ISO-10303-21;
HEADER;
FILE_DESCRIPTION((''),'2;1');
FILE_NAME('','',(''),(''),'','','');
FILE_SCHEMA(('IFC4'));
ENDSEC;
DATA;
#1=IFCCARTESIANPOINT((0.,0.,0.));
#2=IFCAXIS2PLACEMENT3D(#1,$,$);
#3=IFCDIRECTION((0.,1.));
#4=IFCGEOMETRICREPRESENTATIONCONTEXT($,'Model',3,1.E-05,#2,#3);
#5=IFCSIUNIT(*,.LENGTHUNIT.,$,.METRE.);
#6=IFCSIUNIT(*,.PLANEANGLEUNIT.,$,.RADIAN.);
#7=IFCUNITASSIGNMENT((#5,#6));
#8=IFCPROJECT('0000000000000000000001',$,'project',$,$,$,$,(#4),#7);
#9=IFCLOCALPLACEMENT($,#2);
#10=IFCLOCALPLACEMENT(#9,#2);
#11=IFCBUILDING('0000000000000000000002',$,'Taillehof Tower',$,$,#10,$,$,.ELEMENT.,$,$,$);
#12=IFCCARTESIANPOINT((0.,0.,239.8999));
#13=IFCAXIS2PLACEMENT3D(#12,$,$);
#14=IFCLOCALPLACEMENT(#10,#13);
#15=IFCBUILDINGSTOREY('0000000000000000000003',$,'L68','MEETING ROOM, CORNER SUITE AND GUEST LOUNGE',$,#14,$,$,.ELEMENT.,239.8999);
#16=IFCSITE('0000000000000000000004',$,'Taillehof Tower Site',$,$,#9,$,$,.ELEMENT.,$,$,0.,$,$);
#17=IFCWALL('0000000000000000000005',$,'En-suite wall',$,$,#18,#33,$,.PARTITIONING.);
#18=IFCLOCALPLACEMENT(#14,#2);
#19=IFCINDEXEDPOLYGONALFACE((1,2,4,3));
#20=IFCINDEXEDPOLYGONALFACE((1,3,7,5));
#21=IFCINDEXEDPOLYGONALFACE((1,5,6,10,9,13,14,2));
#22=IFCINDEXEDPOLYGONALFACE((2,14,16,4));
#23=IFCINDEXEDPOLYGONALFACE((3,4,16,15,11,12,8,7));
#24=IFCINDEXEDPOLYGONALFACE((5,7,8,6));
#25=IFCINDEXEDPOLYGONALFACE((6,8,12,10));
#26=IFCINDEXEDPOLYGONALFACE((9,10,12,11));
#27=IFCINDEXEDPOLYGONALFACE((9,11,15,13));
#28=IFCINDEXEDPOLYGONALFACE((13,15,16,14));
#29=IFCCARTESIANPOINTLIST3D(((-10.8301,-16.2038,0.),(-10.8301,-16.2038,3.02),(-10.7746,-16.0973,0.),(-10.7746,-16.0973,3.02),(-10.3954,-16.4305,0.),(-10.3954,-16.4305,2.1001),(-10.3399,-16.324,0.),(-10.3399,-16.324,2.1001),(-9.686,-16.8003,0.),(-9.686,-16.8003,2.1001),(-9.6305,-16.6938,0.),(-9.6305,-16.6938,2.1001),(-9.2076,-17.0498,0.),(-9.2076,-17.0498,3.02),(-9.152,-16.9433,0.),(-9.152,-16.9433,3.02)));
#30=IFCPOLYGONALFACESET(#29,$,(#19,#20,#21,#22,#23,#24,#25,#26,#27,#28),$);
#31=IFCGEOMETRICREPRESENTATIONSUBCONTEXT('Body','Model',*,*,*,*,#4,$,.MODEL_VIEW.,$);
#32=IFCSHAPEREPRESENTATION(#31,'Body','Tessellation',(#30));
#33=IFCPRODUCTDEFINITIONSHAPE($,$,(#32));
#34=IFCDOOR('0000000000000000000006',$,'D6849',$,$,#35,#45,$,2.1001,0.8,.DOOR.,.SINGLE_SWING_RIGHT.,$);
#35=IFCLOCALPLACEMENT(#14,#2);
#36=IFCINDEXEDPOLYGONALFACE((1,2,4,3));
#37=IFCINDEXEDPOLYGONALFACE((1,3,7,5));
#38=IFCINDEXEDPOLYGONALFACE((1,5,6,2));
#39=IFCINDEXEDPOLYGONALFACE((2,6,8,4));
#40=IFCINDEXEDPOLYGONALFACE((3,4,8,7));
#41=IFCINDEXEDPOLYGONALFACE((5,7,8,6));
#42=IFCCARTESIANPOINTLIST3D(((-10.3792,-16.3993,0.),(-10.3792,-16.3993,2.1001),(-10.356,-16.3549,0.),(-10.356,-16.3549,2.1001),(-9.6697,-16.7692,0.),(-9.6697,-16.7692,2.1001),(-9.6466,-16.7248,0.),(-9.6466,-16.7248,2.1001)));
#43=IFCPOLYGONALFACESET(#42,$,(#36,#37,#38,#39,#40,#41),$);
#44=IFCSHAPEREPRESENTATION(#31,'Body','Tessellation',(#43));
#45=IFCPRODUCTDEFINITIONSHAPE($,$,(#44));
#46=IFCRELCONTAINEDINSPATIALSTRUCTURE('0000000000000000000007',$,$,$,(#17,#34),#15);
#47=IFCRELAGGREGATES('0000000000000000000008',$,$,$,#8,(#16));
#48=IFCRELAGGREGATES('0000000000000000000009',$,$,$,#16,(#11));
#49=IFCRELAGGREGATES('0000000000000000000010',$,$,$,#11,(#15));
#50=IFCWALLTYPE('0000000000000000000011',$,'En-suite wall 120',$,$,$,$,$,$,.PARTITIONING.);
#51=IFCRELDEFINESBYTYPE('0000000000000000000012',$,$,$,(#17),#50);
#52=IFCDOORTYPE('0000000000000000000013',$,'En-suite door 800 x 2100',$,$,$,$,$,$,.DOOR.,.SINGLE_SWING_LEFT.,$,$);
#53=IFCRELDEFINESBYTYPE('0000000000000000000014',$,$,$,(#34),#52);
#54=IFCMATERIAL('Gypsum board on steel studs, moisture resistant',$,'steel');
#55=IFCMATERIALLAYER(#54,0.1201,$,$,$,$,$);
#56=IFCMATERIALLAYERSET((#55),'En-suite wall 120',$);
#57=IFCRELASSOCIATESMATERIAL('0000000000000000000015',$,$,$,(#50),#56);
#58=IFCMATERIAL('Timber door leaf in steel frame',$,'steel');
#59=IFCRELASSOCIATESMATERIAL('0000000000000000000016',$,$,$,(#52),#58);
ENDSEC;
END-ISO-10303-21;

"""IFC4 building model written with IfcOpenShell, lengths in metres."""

from ifc_helpers import new_model, si_unit, direction, frame, frame_2d, origin, place, context, subcontext, project, spatial, rectangle, extrude, material, layer, layer_set, type_object, element, fill, save


model = new_model("IFC4")

# Units and contexts
model_context = context("Model", 3, precision=1e-05, world=origin(), true_north=direction((0.0, 1.0)))
body_context = subcontext(model_context, "Body", "Model", "MODEL_VIEW")
ifc_project = project(units=[si_unit("LENGTHUNIT", "METRE"), si_unit("PLANEANGLEUNIT", "RADIAN")], contexts=[model_context])

# Site, building, storey
site_placement = place(None, origin())
site = spatial("IfcSite", under=ifc_project, at=site_placement, Name="Taillehof Tower Site", CompositionType="ELEMENT", RefElevation=0.0)
building_placement = place(site_placement, origin())
building = spatial("IfcBuilding", under=site, at=building_placement, Name="Taillehof Tower", CompositionType="ELEMENT")
storey_placement = place(building_placement, frame((0.0, 0.0, 239.8999)))
storey = spatial("IfcBuildingStorey", under=building, at=storey_placement, Name="L68", Description="MEETING ROOM, CORNER SUITE AND GUEST LOUNGE", CompositionType="ELEMENT", Elevation=239.8999)

# Shared definitions
ifc_material_1 = material(Name="Gypsum board on steel studs, moisture resistant", Category="steel")
ifc_layer_1 = layer(ifc_material_1, 0.1201)
ifc_layer_set_1 = layer_set([ifc_layer_1], Name="En-suite wall 120")
wall_type_1 = type_object("IfcWallType", Name="En-suite wall 120", PredefinedType="PARTITIONING", material=ifc_layer_set_1)

# Wall, opening, door
wall_1_placement = place(storey_placement, frame((-9.1797, -16.9966, 0.0), z_axis=(0.0, 0.0, 1.0), x_axis=(-0.88672, 0.462306, 0.0)))
wall_1 = element("IfcWall", 1, at=wall_1_placement, inside=storey, type_object=wall_type_1, Name="En-suite wall", PredefinedType="PARTITIONING", context=body_context, shape_type="SweptSolid", body=[
    extrude(rectangle(XDim=1.8298, YDim=0.1201, at=frame_2d((0.915, 0.0))), origin(), (0.0, 0.0, 1.0), 3.02),
])
opening_1_placement = place(wall_1_placement, frame((0.5398, 0.0, 0.0)))
opening_1 = element("IfcOpeningElement", 2, at=opening_1_placement, cuts=wall_1, PredefinedType="OPENING", context=body_context, shape_type="SweptSolid", body=[
    extrude(rectangle(XDim=0.8, YDim=2.1001, at=frame_2d((0.3999, 1.05))), frame((0.0, 0.0701, 0.0), z_axis=(0.0, -1.0, 0.0), x_axis=(1.0, 0.0, 0.0)), (0.0, 0.0, 1.0), 0.1401),
])
ifc_material_2 = material(Name="Timber door leaf in steel frame", Category="steel")
door_type = type_object("IfcDoorType", Name="En-suite door 800 x 2100", OperationType="SINGLE_SWING_LEFT", PredefinedType="DOOR", material=ifc_material_2)
door_placement = place(opening_1_placement, origin())
door = element("IfcDoor", 3, at=door_placement, inside=storey, type_object=door_type, Name="D6849", OperationType="SINGLE_SWING_RIGHT", OverallHeight=2.1001, OverallWidth=0.8, PredefinedType="DOOR", context=body_context, shape_type="SweptSolid", body=[
    extrude(rectangle(XDim=0.8, YDim=2.1001, at=frame_2d((0.3999, 1.05))), frame((0.0, 0.0249, 0.0), z_axis=(0.0, -1.0, 0.0), x_axis=(1.0, 0.0, 0.0)), (0.0, 0.0, 1.0), 0.05),
])
fill(opening_1, door)

save(model, "model.ifc")
